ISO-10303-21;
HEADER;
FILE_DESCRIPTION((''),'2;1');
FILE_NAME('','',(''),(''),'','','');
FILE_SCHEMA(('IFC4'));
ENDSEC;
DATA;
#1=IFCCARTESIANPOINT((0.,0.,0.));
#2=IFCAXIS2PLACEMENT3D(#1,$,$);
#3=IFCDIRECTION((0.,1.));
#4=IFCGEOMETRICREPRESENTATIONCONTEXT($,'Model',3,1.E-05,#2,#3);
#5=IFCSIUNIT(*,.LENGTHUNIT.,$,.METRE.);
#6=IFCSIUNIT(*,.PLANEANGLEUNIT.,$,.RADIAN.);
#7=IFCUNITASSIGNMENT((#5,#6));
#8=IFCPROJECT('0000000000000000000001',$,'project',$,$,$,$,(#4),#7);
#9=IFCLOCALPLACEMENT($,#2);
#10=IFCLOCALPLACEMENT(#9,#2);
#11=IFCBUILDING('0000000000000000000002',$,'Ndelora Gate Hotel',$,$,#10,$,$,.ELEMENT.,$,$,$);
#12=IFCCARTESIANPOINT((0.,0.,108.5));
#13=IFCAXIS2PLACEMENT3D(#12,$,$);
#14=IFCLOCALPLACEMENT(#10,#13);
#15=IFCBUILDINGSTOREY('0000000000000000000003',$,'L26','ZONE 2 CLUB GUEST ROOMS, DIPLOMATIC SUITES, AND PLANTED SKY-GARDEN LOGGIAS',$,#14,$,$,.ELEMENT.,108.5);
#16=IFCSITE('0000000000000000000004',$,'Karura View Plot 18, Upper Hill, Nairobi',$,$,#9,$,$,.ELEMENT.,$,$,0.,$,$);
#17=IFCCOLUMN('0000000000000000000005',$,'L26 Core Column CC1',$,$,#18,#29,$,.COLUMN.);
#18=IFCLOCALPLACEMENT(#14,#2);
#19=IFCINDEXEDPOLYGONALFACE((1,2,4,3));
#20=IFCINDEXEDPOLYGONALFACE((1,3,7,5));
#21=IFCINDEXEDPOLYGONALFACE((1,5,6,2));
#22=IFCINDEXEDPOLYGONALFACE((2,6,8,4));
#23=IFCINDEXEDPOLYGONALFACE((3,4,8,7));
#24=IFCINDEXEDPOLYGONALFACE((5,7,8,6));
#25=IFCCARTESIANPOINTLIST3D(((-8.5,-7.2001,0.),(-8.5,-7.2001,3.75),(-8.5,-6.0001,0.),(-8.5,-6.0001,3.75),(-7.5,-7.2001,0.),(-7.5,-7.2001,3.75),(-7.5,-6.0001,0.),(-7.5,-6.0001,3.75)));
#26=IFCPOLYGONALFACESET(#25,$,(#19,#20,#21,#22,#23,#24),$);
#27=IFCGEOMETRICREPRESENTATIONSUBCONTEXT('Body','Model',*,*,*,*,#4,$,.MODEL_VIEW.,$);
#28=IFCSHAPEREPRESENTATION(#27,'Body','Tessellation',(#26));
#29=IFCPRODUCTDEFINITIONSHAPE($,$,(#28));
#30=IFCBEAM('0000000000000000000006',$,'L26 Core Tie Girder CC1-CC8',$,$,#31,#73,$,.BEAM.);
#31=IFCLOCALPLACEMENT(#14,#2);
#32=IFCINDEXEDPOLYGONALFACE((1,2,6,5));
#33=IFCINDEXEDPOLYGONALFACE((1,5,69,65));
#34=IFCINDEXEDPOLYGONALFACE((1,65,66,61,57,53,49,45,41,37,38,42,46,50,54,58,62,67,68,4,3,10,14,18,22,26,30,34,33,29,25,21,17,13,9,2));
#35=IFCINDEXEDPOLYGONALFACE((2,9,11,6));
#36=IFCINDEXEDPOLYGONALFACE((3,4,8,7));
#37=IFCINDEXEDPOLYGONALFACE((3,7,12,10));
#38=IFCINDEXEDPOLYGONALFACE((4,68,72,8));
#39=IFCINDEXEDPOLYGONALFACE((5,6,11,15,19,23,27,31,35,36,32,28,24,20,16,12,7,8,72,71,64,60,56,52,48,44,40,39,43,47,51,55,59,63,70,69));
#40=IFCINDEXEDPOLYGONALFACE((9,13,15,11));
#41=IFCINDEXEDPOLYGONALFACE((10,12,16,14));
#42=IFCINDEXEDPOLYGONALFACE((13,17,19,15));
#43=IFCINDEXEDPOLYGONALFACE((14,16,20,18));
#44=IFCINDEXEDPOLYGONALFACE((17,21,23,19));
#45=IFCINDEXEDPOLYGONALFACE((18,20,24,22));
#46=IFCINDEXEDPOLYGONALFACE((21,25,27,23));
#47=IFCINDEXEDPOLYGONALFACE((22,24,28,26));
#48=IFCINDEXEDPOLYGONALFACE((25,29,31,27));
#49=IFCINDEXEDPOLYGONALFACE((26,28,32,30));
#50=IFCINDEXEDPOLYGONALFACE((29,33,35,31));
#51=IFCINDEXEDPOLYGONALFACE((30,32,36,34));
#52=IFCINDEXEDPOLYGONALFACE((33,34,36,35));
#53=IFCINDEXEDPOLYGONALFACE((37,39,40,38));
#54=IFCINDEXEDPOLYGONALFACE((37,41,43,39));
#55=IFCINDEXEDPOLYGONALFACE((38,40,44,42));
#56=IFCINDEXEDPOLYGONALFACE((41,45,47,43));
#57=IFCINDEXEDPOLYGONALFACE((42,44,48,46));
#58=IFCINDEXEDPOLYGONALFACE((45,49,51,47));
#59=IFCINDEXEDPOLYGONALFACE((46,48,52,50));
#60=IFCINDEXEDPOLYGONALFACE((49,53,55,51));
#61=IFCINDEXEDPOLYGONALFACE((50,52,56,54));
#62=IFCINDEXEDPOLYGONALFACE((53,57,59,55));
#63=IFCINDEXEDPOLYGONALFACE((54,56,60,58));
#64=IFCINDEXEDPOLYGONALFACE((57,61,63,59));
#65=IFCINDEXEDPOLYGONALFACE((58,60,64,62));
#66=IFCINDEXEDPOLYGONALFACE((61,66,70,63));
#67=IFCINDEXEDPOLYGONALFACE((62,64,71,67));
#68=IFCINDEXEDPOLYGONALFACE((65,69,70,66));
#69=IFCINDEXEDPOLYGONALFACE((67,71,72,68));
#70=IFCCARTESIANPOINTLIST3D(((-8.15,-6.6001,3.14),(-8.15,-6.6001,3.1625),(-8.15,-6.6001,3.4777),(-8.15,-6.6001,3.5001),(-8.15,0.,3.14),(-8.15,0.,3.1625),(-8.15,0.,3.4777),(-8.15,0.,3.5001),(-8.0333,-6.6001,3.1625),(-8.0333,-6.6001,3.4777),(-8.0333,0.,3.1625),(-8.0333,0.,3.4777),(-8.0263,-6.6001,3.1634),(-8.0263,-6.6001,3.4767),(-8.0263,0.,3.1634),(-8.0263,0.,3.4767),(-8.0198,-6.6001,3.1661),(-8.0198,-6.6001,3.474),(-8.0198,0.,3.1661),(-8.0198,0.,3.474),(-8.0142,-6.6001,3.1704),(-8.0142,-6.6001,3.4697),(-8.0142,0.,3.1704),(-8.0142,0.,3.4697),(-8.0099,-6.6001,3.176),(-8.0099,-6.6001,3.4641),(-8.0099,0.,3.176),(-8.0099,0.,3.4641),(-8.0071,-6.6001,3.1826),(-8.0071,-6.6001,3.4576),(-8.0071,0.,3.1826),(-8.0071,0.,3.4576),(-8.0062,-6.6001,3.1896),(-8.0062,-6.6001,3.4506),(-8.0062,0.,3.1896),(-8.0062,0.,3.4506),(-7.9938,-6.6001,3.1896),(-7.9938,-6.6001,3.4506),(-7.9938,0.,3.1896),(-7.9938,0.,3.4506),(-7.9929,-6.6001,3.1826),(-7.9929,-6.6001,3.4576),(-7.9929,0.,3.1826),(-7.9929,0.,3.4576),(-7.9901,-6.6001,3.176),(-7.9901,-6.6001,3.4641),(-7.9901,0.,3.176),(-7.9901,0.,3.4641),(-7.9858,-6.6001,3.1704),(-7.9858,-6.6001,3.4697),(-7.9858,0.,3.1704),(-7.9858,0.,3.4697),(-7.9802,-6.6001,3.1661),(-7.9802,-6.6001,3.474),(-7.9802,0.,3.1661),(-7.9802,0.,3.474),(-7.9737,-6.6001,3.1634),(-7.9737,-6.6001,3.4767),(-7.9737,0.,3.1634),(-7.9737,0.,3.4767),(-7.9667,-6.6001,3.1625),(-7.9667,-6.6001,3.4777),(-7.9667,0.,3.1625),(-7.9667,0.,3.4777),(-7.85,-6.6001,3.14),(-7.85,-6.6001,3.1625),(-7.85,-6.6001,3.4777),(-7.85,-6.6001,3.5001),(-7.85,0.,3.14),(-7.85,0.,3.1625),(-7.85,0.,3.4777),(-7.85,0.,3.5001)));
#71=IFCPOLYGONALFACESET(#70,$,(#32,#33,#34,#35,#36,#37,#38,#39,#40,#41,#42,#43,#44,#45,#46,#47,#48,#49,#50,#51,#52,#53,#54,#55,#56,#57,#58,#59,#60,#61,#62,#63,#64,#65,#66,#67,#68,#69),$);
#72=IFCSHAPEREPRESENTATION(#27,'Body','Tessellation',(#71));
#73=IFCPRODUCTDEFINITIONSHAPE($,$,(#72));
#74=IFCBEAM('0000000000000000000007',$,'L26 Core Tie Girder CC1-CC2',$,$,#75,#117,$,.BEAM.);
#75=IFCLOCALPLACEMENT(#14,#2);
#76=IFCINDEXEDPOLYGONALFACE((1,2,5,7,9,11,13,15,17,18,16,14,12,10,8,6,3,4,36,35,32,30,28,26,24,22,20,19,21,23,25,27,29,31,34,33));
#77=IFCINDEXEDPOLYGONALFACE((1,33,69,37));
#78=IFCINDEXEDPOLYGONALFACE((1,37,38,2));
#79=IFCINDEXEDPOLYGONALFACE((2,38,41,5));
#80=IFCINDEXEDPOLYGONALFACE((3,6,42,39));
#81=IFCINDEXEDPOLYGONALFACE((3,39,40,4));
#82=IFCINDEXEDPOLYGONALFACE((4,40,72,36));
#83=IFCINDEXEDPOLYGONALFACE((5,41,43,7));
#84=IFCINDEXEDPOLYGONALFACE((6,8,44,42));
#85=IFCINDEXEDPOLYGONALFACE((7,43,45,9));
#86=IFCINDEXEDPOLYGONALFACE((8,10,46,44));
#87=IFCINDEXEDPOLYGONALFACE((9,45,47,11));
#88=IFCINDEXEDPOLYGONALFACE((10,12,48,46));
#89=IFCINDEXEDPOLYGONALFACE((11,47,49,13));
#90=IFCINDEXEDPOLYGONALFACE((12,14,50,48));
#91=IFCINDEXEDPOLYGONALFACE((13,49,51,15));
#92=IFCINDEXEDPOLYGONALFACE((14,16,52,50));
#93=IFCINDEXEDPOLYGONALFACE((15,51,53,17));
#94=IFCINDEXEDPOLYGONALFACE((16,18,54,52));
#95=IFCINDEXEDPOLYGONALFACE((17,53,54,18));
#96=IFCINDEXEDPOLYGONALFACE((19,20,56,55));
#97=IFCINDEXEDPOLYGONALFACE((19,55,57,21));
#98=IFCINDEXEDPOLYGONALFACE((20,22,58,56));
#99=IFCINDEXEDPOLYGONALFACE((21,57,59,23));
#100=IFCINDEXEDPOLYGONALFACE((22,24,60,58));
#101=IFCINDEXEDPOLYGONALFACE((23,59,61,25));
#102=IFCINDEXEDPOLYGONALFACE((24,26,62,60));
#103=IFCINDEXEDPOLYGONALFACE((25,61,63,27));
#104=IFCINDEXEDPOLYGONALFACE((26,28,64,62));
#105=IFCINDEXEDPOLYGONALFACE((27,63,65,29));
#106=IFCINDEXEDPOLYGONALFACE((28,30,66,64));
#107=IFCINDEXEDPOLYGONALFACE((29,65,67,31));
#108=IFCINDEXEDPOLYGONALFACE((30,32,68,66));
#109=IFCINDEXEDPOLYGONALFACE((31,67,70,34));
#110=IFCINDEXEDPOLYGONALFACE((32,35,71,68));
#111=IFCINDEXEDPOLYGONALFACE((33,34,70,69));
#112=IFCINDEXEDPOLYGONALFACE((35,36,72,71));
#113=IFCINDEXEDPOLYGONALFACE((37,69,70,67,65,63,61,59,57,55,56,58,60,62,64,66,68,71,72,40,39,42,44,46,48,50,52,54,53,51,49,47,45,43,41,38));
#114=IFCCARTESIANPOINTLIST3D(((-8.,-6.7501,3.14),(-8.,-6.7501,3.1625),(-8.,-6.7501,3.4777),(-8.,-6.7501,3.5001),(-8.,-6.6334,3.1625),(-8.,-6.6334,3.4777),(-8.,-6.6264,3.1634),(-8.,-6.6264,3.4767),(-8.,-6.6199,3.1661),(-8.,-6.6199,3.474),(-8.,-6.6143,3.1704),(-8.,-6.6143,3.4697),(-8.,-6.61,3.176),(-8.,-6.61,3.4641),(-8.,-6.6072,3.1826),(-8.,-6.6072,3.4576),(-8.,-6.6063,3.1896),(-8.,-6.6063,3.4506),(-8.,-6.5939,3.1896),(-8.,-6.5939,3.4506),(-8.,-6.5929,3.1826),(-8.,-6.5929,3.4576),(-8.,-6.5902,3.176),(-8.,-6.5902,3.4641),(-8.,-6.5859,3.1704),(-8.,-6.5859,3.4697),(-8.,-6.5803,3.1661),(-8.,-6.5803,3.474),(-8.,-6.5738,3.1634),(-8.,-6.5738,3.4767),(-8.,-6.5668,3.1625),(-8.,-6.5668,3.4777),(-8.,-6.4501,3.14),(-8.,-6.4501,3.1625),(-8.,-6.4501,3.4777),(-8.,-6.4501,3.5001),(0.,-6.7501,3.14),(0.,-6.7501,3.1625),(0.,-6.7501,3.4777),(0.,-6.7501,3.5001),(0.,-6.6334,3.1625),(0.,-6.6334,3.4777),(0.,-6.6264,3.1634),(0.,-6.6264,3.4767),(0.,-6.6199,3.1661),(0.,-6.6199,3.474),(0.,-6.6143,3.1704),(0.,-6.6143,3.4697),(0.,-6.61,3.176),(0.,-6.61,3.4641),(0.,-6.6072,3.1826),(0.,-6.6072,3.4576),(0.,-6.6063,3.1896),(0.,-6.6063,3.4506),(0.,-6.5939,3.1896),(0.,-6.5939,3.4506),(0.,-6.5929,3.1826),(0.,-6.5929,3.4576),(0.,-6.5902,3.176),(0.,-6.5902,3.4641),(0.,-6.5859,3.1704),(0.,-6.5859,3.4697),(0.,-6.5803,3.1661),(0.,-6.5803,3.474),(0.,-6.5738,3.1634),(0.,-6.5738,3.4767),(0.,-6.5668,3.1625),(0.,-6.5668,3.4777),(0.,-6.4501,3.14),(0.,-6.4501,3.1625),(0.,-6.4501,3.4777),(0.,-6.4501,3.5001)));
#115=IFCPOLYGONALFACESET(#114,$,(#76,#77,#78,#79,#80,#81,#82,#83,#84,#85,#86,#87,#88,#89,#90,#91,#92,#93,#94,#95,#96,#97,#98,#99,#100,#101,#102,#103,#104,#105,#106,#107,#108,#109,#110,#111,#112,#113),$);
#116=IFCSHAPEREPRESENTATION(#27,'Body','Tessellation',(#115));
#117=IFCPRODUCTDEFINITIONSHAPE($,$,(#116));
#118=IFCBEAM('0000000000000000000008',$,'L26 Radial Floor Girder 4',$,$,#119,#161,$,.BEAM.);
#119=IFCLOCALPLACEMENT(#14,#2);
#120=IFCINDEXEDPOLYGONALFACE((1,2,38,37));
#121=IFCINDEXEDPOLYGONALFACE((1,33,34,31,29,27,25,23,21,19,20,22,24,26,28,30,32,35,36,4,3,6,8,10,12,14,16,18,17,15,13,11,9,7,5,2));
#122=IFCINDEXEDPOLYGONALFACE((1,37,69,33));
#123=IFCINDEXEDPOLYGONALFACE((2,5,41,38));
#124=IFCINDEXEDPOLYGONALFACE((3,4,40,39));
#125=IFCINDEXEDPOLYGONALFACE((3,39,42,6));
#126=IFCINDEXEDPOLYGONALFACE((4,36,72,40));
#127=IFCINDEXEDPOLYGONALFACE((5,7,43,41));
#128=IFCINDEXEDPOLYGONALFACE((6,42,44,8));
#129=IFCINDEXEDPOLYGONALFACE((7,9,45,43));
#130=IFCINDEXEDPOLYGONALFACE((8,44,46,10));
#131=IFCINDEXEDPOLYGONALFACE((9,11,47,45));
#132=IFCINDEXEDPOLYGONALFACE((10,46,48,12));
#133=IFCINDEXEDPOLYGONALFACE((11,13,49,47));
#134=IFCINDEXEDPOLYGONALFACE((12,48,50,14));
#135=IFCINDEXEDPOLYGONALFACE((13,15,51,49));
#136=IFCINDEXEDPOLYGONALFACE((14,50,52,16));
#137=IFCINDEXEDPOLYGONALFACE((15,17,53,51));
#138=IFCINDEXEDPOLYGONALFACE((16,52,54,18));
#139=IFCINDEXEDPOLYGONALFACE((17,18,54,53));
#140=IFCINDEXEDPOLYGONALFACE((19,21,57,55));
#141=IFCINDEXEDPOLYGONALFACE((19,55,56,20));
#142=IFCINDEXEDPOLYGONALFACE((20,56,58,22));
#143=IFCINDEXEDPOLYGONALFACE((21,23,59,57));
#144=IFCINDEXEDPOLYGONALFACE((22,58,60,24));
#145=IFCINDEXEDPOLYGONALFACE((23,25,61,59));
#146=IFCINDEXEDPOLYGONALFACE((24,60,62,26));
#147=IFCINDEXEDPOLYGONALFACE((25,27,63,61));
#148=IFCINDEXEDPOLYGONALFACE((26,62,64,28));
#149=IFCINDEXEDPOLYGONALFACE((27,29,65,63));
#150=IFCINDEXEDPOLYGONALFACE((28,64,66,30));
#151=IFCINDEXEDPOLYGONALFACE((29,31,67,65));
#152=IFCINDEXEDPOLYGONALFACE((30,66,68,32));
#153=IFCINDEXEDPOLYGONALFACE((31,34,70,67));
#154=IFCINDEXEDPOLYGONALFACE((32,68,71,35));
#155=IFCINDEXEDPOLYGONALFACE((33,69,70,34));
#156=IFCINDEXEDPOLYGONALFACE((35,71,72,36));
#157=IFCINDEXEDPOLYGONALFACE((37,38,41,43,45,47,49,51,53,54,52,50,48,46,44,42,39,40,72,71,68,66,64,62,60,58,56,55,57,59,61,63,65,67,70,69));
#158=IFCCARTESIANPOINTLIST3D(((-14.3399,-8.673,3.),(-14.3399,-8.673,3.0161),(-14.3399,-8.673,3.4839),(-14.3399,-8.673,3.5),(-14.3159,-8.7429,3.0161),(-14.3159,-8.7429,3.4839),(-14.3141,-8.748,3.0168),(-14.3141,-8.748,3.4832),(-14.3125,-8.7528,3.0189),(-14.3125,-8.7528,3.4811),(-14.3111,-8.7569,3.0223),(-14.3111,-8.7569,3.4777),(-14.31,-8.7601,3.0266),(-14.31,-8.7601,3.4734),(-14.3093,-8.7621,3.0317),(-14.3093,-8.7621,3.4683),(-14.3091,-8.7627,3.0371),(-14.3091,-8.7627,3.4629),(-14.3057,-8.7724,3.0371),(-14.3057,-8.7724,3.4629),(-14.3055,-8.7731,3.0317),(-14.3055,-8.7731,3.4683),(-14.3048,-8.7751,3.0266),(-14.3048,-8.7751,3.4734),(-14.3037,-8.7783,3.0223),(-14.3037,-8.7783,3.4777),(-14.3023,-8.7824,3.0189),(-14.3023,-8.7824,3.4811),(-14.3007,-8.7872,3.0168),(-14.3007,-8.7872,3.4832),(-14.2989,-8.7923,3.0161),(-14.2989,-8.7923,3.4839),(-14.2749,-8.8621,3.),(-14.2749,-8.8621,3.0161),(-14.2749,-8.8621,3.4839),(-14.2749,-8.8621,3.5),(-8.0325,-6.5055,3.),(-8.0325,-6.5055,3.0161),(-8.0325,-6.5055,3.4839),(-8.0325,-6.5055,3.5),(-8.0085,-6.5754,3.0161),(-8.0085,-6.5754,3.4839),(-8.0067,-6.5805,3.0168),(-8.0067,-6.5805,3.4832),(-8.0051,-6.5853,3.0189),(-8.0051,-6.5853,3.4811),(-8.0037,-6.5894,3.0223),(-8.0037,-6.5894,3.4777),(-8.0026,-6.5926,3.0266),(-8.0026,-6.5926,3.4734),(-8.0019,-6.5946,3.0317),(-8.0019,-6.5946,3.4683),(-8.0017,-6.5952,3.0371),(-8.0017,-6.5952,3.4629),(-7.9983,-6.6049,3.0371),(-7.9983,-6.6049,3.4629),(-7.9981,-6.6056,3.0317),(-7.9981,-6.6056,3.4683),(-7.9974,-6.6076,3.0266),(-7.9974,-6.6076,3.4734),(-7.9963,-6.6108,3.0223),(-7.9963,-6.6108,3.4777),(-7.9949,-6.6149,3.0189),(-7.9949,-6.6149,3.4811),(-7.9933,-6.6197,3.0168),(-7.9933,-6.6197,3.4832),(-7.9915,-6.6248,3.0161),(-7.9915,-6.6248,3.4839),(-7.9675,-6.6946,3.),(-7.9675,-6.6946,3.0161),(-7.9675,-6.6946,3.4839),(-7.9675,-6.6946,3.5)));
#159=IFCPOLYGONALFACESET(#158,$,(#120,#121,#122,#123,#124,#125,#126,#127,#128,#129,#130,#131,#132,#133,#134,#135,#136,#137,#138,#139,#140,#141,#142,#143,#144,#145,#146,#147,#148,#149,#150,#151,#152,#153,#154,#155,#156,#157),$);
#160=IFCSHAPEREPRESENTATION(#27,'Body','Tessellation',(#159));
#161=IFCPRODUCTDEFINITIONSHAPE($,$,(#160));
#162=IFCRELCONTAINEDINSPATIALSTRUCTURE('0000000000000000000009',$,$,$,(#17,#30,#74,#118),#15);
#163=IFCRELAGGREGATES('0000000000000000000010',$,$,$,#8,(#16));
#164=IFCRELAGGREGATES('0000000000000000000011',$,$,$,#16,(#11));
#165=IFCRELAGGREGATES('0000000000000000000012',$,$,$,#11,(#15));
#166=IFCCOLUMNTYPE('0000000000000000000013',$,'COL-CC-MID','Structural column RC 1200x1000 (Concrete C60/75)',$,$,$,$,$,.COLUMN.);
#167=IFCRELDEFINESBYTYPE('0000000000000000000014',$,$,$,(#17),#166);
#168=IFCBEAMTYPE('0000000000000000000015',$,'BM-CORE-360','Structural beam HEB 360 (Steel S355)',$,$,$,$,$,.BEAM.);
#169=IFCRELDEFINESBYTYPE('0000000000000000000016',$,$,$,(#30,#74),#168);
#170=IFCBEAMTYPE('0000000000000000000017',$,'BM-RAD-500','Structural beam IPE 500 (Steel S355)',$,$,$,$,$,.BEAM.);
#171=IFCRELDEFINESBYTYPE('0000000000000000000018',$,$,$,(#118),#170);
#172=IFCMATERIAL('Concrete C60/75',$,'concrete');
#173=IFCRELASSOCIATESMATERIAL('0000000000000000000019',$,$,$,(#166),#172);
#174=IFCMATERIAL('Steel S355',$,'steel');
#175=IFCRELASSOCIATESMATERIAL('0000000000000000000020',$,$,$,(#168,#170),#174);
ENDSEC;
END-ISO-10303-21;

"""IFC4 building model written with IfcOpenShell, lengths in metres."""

from ifc_helpers import new_model, si_unit, direction, frame, origin, origin_2d, place, context, subcontext, project, spatial, rectangle, i_section, extrude, material, material_profile, profile_set, type_object, element, save


model = new_model("IFC4")

# Units and contexts
model_context = context("Model", 3, precision=1e-05, world=origin(), true_north=direction((0.0, 1.0)))
body_context = subcontext(model_context, "Body", "Model", "MODEL_VIEW")
ifc_project = project(units=[si_unit("LENGTHUNIT", "METRE"), si_unit("PLANEANGLEUNIT", "RADIAN")], contexts=[model_context])

# Site, building, storey
site_placement = place(None, origin())
site = spatial("IfcSite", under=ifc_project, at=site_placement, Name="Karura View Plot 18, Upper Hill, Nairobi", CompositionType="ELEMENT", RefElevation=0.0)
building_placement = place(site_placement, origin())
building = spatial("IfcBuilding", under=site, at=building_placement, Name="Ndelora Gate Hotel", CompositionType="ELEMENT")
storey_placement = place(building_placement, frame((0.0, 0.0, 108.5)))
storey = spatial("IfcBuildingStorey", under=building, at=storey_placement, Name="L26", Description="ZONE 2 CLUB GUEST ROOMS, DIPLOMATIC SUITES, AND PLANTED SKY-GARDEN LOGGIAS", CompositionType="ELEMENT", Elevation=108.5)

# Column
ifc_material_1 = material(Name="Concrete C60/75", Category="concrete")
ifc_material_profile_1 = material_profile(ifc_material_1, rectangle(XDim=1.0, YDim=1.2, at=origin_2d()), Name="RC 1200x1000")
ifc_profile_set_1 = profile_set([ifc_material_profile_1], Name="Concrete C60/75")
column_type = type_object("IfcColumnType", Name="COL-CC-MID", Description="Structural column RC 1200x1000 (Concrete C60/75)", PredefinedType="COLUMN", material=ifc_profile_set_1)
column_placement = place(storey_placement, frame((-8.0, -6.6001, 0.0), z_axis=(0.0, 0.0, 1.0), x_axis=(1.0, 0.0, 0.0)))
element("IfcColumn", 1, at=column_placement, inside=storey, type_object=column_type, Name="L26 Core Column CC1", PredefinedType="COLUMN", context=body_context, shape_type="SweptSolid", body=[
    extrude(rectangle(XDim=1.0, YDim=1.2, at=origin_2d()), origin(), (0.0, 0.0, 1.0), 3.75),
])

# Beams
ifc_material_2 = material(Name="Steel S355", Category="steel")
ifc_material_profile_2 = material_profile(ifc_material_2, i_section(OverallWidth=0.3, OverallDepth=0.3601, WebThickness=0.0125, FlangeThickness=0.0225, FilletRadius=0.0271, at=origin_2d()), Name="HEB 360")
ifc_profile_set_2 = profile_set([ifc_material_profile_2], Name="Steel S355")
beam_type_1 = type_object("IfcBeamType", Name="BM-CORE-360", Description="Structural beam HEB 360 (Steel S355)", PredefinedType="BEAM", material=ifc_profile_set_2)
beam_1_placement = place(storey_placement, frame((-8.0, -6.6001, 3.3201), z_axis=(0.0, 1.0, 0.0), x_axis=(-1.0, 0.0, 0.0)))
element("IfcBeam", 2, at=beam_1_placement, inside=storey, type_object=beam_type_1, Name="L26 Core Tie Girder CC1-CC8", PredefinedType="BEAM", context=body_context, shape_type="SweptSolid", body=[
    extrude(i_section(OverallWidth=0.3, OverallDepth=0.3601, WebThickness=0.0125, FlangeThickness=0.0225, FilletRadius=0.0271, at=origin_2d()), origin(), (0.0, 0.0, 1.0), 6.6001),
])
beam_2_placement = place(storey_placement, frame((-8.0, -6.6001, 3.3201), z_axis=(1.0, 0.0, 0.0), x_axis=(0.0, 1.0, 0.0)))
element("IfcBeam", 3, at=beam_2_placement, inside=storey, type_object=beam_type_1, Name="L26 Core Tie Girder CC1-CC2", PredefinedType="BEAM", context=body_context, shape_type="SweptSolid", body=[
    extrude(i_section(OverallWidth=0.3, OverallDepth=0.3601, WebThickness=0.0125, FlangeThickness=0.0225, FilletRadius=0.0271, at=origin_2d()), origin(), (0.0, 0.0, 1.0), 8.0),
])
ifc_material_profile_3 = material_profile(ifc_material_2, i_section(OverallWidth=0.2, OverallDepth=0.5, WebThickness=0.0103, FlangeThickness=0.0161, FilletRadius=0.021, at=origin_2d()), Name="IPE 500")
ifc_profile_set_3 = profile_set([ifc_material_profile_3], Name="Steel S355")
beam_type_2 = type_object("IfcBeamType", Name="BM-RAD-500", Description="Structural beam IPE 500 (Steel S355)", PredefinedType="BEAM", material=ifc_profile_set_3)
beam_3_placement = place(storey_placement, frame((-8.0, -6.6001, 3.25), z_axis=(-0.945718, -0.324989, 0.0), x_axis=(0.324989, -0.945718, 0.0)))
element("IfcBeam", 4, at=beam_3_placement, inside=storey, type_object=beam_type_2, Name="L26 Radial Floor Girder 4", PredefinedType="BEAM", context=body_context, shape_type="SweptSolid", body=[
    extrude(i_section(OverallWidth=0.2, OverallDepth=0.5, WebThickness=0.0103, FlangeThickness=0.0161, FilletRadius=0.021, at=origin_2d()), origin(), (0.0, 0.0, 1.0), 6.6694),
])

save(model, "model.ifc")
